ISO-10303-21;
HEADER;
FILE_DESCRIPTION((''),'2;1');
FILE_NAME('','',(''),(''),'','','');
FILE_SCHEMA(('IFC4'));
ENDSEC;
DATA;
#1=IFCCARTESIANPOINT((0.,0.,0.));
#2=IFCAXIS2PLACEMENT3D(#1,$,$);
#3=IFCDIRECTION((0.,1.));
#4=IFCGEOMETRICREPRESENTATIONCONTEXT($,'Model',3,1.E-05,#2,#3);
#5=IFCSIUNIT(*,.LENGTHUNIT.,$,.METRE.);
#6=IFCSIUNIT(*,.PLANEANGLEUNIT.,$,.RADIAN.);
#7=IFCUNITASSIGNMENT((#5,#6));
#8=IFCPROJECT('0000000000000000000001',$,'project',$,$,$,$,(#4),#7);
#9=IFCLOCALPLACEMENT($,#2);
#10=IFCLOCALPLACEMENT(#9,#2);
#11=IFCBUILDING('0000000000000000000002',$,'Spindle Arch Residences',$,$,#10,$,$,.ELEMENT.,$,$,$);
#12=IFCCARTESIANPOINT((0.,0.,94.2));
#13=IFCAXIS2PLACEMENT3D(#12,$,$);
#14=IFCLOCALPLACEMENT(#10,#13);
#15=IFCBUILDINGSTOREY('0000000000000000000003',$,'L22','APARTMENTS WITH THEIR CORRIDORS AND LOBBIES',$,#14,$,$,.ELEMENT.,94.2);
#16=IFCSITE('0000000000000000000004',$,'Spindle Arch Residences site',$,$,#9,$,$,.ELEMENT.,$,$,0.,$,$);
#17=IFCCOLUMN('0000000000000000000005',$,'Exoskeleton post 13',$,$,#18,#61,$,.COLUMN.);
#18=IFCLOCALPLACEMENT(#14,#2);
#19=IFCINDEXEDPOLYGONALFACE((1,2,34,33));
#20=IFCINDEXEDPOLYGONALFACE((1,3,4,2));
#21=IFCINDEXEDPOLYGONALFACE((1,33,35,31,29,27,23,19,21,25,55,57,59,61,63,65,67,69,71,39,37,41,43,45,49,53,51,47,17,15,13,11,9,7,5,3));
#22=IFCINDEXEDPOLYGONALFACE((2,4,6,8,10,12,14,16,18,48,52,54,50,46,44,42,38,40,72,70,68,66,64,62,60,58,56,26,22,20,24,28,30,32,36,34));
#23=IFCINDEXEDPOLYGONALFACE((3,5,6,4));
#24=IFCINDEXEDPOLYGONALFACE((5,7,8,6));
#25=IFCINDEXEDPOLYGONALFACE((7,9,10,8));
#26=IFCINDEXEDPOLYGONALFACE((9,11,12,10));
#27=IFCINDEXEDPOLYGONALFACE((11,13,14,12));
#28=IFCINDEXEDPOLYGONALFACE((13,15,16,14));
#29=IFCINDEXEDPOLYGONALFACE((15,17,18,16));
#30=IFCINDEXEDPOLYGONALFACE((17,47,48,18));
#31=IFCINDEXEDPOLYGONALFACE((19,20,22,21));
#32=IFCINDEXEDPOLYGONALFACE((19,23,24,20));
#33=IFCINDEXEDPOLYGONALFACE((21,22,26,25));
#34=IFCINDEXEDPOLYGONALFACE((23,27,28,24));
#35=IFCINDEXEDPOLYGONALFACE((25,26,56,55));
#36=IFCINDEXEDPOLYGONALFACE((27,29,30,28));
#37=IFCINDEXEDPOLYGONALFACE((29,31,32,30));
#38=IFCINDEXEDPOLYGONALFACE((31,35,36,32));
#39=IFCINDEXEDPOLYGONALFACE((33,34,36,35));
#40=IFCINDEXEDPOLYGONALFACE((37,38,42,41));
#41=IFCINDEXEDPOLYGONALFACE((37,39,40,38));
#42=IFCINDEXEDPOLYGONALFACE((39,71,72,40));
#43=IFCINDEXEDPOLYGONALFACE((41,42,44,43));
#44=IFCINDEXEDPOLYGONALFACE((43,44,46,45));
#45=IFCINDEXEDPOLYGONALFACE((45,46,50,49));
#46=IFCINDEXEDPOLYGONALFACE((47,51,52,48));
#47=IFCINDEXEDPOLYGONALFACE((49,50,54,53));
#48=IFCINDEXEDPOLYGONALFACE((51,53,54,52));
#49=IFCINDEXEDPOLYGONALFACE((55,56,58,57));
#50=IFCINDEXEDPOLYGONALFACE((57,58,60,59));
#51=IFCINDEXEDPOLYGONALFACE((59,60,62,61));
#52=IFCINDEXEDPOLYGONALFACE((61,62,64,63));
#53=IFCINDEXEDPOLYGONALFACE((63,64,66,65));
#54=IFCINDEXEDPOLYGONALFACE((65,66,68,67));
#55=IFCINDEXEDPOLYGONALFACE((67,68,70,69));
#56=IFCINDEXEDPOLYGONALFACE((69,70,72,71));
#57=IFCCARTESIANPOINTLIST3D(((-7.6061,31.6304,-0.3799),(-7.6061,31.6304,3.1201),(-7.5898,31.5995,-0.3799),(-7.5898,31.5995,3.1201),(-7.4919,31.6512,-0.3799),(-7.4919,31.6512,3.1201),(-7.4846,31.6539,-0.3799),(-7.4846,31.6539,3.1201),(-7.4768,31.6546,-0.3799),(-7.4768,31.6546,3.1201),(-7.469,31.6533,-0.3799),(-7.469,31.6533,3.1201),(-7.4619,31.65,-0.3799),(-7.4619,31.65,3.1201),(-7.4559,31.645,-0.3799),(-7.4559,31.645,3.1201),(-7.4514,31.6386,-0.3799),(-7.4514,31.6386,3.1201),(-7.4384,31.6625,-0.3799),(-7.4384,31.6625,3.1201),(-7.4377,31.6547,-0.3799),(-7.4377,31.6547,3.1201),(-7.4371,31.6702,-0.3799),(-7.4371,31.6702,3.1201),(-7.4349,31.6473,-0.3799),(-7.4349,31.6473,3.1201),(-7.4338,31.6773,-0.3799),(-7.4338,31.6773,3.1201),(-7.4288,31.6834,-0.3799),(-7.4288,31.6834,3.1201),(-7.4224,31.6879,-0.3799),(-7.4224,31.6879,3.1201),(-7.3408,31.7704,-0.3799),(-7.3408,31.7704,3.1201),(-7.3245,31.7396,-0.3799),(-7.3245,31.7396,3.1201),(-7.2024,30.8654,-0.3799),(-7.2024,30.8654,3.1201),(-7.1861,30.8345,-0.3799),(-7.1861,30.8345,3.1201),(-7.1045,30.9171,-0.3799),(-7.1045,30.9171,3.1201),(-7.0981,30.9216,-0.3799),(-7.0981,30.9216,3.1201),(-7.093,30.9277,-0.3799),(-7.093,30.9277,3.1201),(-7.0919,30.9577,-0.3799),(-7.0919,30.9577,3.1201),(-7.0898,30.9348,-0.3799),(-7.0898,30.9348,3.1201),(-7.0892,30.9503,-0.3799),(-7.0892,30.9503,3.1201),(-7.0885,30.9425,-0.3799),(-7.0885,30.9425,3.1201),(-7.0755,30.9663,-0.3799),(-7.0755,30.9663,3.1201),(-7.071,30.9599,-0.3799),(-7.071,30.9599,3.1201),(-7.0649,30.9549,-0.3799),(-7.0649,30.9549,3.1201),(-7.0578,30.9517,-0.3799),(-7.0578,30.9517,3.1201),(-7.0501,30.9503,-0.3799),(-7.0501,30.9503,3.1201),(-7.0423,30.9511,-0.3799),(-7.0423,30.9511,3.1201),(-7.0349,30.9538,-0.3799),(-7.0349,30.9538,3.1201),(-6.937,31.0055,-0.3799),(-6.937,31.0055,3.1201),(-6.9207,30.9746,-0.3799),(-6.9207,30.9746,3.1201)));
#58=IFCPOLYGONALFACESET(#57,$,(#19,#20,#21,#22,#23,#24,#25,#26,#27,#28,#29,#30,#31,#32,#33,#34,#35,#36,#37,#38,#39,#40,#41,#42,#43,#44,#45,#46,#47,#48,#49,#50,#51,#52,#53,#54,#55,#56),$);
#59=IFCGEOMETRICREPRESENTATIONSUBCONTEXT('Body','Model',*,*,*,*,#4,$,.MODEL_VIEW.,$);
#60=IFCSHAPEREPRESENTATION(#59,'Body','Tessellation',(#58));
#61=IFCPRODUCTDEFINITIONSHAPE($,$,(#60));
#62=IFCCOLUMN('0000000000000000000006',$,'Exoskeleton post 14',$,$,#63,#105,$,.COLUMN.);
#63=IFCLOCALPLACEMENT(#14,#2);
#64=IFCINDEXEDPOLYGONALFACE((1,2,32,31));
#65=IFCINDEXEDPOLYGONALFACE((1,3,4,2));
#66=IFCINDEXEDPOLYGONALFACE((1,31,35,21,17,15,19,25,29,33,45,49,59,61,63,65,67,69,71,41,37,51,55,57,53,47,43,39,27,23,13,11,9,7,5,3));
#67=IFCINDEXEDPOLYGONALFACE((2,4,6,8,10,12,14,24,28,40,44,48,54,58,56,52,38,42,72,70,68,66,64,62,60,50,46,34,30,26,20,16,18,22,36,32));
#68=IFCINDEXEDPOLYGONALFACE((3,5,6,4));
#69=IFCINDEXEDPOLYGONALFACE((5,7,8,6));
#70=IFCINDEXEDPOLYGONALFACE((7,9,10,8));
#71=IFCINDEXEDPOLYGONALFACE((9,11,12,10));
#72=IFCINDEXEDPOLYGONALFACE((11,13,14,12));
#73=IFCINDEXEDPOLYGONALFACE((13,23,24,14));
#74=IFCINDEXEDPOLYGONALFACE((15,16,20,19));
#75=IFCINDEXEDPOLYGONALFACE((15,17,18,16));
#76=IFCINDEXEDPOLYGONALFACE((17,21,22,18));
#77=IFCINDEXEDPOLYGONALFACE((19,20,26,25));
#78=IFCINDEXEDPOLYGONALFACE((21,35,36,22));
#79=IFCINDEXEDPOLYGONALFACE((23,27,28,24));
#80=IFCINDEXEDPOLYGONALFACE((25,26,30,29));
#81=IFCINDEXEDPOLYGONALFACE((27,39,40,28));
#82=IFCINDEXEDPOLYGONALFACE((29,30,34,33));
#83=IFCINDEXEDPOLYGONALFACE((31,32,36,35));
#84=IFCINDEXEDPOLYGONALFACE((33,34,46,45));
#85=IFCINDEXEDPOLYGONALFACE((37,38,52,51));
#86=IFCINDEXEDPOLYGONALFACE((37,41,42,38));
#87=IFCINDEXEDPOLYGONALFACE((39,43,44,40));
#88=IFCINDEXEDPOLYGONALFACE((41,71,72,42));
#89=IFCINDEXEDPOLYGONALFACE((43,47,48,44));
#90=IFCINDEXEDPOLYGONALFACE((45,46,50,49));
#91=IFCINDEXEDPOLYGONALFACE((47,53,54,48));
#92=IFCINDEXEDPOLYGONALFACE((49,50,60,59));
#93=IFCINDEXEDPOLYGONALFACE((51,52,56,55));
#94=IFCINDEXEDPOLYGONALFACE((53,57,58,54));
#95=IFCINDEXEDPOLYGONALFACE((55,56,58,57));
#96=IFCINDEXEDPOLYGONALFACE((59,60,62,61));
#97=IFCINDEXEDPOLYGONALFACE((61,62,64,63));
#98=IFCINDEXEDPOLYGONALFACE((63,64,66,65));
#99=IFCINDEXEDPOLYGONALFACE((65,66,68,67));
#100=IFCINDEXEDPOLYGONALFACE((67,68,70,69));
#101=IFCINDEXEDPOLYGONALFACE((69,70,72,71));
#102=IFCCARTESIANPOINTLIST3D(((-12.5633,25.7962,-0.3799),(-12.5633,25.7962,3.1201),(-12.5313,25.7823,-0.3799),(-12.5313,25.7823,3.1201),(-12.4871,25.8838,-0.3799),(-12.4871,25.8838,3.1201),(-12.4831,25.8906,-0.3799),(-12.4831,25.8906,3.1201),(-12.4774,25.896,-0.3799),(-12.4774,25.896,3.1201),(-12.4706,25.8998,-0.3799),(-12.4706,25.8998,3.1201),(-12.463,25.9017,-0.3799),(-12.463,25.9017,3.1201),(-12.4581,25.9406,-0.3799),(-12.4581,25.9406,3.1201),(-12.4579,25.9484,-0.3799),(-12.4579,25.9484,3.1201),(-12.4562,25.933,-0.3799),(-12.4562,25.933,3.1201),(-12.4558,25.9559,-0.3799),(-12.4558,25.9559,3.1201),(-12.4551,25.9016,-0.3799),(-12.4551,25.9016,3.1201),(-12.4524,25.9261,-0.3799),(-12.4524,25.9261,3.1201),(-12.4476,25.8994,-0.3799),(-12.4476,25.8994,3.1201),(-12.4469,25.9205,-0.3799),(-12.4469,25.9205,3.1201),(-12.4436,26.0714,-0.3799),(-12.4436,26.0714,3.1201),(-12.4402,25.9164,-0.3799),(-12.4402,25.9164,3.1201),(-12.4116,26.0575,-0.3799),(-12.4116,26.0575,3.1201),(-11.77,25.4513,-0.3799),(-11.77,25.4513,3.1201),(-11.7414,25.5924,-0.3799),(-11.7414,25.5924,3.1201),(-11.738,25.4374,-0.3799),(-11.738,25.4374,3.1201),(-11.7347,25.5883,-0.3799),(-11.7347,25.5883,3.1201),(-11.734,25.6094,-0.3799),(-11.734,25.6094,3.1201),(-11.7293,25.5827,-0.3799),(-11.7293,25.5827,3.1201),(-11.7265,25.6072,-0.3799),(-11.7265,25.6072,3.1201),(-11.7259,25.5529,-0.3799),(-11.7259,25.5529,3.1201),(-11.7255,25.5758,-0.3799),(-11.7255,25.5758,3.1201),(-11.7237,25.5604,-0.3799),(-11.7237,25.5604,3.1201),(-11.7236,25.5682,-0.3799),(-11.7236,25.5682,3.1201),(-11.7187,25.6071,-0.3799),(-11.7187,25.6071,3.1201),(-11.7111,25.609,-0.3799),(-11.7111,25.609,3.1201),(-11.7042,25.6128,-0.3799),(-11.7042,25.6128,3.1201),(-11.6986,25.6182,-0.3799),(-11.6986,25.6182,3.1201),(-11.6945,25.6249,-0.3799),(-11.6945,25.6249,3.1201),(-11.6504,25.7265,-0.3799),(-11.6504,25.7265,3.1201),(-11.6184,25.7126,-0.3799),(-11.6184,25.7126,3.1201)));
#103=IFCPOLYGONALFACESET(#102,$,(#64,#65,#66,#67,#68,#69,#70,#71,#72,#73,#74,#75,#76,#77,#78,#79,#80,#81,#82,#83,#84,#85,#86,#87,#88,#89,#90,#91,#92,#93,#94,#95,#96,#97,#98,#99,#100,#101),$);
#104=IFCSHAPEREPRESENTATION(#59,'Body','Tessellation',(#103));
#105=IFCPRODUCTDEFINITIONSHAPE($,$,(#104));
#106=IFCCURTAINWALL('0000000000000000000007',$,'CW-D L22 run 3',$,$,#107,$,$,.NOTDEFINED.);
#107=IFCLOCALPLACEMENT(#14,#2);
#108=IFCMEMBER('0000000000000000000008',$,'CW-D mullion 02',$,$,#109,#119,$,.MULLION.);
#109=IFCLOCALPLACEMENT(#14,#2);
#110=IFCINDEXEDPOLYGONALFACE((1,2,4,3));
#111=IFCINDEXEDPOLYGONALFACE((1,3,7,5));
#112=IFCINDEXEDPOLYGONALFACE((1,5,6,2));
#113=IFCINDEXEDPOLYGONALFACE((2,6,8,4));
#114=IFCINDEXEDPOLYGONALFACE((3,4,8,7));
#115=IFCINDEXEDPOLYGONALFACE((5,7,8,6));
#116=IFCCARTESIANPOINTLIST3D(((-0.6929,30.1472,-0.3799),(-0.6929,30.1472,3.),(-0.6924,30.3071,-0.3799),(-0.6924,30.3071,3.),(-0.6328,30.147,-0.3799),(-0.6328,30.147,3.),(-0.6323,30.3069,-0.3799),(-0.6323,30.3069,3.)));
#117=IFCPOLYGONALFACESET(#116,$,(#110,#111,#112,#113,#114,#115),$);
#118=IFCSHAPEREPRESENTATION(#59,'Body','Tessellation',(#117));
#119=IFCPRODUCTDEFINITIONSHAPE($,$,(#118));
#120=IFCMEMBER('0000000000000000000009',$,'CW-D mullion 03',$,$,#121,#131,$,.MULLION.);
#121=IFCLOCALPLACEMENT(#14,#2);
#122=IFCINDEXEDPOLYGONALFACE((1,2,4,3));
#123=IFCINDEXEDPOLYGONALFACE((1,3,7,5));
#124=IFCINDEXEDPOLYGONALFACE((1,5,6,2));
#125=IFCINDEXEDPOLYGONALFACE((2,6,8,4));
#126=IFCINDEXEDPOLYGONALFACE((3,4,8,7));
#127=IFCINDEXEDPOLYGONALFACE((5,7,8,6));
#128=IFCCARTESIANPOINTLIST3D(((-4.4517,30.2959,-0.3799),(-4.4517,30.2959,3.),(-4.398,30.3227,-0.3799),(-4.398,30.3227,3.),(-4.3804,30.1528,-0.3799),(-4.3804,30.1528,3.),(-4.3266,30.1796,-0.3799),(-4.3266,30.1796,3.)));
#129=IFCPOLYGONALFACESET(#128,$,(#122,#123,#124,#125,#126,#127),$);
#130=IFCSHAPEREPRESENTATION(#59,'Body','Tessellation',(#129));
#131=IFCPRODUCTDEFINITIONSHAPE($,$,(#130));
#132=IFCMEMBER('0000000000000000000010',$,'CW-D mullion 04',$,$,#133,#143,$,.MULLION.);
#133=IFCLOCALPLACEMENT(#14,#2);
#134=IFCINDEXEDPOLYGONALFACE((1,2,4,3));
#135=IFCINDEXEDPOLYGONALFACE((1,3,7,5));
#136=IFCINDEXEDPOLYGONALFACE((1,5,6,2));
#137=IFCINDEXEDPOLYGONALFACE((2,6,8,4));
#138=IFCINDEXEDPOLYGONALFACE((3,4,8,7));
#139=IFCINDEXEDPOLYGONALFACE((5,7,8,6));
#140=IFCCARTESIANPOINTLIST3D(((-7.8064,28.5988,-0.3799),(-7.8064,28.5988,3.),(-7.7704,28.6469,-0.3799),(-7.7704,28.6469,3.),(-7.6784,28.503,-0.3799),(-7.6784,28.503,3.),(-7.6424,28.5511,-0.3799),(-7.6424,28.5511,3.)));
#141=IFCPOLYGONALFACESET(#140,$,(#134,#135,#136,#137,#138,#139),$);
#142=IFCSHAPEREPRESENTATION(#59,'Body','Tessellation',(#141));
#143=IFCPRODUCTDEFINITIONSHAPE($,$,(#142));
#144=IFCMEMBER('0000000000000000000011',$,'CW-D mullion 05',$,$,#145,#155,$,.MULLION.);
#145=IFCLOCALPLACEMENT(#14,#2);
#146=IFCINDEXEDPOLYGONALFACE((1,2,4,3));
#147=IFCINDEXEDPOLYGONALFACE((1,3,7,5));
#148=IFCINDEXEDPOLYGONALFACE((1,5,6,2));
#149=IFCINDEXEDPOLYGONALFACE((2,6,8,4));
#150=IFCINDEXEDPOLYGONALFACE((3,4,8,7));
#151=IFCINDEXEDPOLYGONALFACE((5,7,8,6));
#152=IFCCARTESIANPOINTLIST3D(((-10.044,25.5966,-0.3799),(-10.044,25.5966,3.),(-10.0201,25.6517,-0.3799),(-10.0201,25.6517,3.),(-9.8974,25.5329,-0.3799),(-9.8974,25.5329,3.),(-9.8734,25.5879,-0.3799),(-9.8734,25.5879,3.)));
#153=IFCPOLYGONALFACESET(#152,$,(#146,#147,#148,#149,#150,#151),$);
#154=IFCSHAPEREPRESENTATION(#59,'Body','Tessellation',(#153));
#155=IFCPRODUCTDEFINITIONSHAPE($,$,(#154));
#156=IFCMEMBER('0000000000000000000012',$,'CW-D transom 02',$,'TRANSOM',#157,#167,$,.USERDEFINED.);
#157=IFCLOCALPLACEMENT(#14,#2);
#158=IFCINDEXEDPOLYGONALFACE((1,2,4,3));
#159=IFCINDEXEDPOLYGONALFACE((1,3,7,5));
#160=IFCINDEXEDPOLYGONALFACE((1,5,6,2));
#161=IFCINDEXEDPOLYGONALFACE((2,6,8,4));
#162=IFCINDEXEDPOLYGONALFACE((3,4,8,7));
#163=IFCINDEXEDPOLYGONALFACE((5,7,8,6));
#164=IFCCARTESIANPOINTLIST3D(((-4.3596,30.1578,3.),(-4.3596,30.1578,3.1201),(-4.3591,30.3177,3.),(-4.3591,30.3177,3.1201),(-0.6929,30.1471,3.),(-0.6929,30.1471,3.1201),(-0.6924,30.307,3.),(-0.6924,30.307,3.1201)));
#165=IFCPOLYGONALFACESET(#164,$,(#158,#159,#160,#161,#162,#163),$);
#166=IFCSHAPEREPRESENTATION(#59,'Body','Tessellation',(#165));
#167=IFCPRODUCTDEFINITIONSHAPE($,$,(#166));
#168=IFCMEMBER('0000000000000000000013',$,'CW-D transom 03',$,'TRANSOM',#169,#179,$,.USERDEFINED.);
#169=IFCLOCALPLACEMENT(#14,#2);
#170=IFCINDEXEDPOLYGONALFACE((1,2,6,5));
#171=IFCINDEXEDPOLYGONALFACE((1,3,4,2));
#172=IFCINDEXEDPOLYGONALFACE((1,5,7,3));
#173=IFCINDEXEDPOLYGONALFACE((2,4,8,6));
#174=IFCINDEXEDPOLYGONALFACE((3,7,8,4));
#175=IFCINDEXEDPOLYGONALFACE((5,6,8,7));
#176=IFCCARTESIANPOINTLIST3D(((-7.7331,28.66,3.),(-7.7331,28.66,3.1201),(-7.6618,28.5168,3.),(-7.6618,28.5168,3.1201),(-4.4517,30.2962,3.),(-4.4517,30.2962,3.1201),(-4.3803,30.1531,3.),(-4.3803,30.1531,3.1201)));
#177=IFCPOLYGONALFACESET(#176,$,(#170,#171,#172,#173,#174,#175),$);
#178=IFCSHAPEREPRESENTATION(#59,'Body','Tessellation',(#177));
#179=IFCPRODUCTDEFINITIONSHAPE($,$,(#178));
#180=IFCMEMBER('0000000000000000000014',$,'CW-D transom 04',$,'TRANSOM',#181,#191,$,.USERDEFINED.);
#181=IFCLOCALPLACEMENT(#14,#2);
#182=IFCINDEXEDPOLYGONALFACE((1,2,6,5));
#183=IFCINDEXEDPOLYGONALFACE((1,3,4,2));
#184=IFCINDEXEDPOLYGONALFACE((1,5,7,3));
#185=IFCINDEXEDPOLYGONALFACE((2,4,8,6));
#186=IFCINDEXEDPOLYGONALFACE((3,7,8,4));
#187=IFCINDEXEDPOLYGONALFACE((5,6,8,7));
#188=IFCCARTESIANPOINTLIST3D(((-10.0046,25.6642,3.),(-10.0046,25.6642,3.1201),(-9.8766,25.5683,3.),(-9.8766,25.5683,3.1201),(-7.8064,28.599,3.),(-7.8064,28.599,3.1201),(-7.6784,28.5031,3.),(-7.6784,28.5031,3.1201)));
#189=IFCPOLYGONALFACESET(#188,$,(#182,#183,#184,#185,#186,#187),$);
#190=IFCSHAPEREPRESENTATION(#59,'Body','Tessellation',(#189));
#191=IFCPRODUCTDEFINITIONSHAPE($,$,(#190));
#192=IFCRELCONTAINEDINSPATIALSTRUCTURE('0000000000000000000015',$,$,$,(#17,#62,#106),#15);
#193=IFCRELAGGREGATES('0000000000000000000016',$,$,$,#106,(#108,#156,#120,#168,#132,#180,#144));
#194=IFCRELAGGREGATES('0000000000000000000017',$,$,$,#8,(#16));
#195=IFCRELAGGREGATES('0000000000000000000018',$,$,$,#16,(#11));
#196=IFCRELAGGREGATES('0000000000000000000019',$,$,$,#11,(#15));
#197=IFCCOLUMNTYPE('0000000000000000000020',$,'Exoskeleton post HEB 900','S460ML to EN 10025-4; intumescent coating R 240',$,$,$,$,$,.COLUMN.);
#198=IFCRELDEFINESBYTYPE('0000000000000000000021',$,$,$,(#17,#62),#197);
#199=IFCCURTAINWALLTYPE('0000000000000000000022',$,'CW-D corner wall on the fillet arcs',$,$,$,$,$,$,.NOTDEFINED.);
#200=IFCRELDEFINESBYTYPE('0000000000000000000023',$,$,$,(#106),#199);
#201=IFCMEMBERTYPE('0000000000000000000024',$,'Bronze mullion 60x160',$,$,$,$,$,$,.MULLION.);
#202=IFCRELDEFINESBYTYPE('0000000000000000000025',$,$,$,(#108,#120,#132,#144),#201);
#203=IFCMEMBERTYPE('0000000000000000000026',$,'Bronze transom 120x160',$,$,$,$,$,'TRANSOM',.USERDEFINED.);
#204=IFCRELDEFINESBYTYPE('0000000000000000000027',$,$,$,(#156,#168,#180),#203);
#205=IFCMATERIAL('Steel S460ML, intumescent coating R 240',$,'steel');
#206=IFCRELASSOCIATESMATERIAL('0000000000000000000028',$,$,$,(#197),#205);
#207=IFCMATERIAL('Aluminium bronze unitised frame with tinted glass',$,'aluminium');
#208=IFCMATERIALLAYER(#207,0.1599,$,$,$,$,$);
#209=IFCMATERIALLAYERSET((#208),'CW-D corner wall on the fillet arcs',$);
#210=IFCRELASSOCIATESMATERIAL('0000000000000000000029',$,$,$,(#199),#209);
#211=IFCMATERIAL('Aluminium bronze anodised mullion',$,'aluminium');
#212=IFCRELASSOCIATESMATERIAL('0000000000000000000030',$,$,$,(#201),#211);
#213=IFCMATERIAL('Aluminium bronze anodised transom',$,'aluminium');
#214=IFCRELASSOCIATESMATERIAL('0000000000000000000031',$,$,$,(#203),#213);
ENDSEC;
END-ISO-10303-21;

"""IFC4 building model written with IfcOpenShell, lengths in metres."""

from ifc_helpers import new_model, si_unit, direction, frame, origin, origin_2d, place, context, subcontext, project, spatial, rectangle, i_section, extrude, material, layer, layer_set, material_profile, profile_set, type_object, element, aggregate, save


model = new_model("IFC4")

# Units and contexts
model_context = context("Model", 3, precision=1e-05, world=origin(), true_north=direction((0.0, 1.0)))
body_context = subcontext(model_context, "Body", "Model", "MODEL_VIEW")
ifc_project = project(units=[si_unit("LENGTHUNIT", "METRE"), si_unit("PLANEANGLEUNIT", "RADIAN")], contexts=[model_context])

# Site, building, storey
site_placement = place(None, origin())
site = spatial("IfcSite", under=ifc_project, at=site_placement, Name="Spindle Arch Residences site", CompositionType="ELEMENT", RefElevation=0.0)
building_placement = place(site_placement, origin())
building = spatial("IfcBuilding", under=site, at=building_placement, Name="Spindle Arch Residences", CompositionType="ELEMENT")
storey_placement = place(building_placement, frame((0.0, 0.0, 94.2)))
storey = spatial("IfcBuildingStorey", under=building, at=storey_placement, Name="L22", Description="APARTMENTS WITH THEIR CORRIDORS AND LOBBIES", CompositionType="ELEMENT", Elevation=94.2)

# Columns
ifc_material_1 = material(Name="Steel S460ML, intumescent coating R 240", Category="steel")
ifc_material_profile_1 = material_profile(ifc_material_1, i_section(OverallWidth=0.3, OverallDepth=0.8999, WebThickness=0.0186, FlangeThickness=0.0349, FilletRadius=0.03, at=origin_2d()), Name="HEB 900")
ifc_profile_set_1 = profile_set([ifc_material_profile_1], Name="Steel S460ML, intumescent coating R 240")
column_type = type_object("IfcColumnType", Name="Exoskeleton post HEB 900", Description="S460ML to EN 10025-4; intumescent coating R 240", PredefinedType="COLUMN", material=ifc_profile_set_1)
for number, where, z_axis, x_axis, name in (
    (1, (-7.2634, 31.3025, -0.3799), (0.0, 0.0, 1.0), (0.884365, 0.466797, 0.0), "Exoskeleton post 13"),
    (2, (-12.0908, 25.7544, -0.3799), (0.0, 0.0, 1.0), (0.398749, 0.91706, 0.0), "Exoskeleton post 14"),
):
    element("IfcColumn", number, at=place(storey_placement, frame(where, z_axis=z_axis, x_axis=x_axis)), inside=storey, type_object=column_type, Name=name, PredefinedType="COLUMN", context=body_context, shape_type="SweptSolid", body=[
        extrude(i_section(OverallWidth=0.3, OverallDepth=0.8999, WebThickness=0.0186, FlangeThickness=0.0349, FilletRadius=0.03, at=origin_2d()), origin(), (0.0, 0.0, 1.0), 3.5),
    ])

# Curtain wall, members
ifc_material_2 = material(Name="Aluminium bronze unitised frame with tinted glass", Category="aluminium")
ifc_layer_1 = layer(ifc_material_2, 0.1599)
ifc_layer_set_1 = layer_set([ifc_layer_1], Name="CW-D corner wall on the fillet arcs")
curtain_wall_type = type_object("IfcCurtainWallType", Name="CW-D corner wall on the fillet arcs", PredefinedType="NOTDEFINED", material=ifc_layer_set_1)
curtain_wall_placement = place(storey_placement, origin())
curtain_wall = element("IfcCurtainWall", 3, at=curtain_wall_placement, inside=storey, type_object=curtain_wall_type, Name="CW-D L22 run 3", PredefinedType="NOTDEFINED")
ifc_material_3 = material(Name="Aluminium bronze anodised mullion", Category="aluminium")
ifc_material_profile_2 = material_profile(ifc_material_3, rectangle(XDim=0.1599, YDim=0.0601, at=origin_2d()), Name="MU 60x160")
ifc_profile_set_2 = profile_set([ifc_material_profile_2], Name="Aluminium bronze anodised mullion")
member_type_1 = type_object("IfcMemberType", Name="Bronze mullion 60x160", PredefinedType="MULLION", material=ifc_profile_set_2)
member_1_placement = place(storey_placement, frame((-0.6626, 30.2271, -0.3799), z_axis=(0.0, 0.0, 1.0), x_axis=(-0.002909, -0.999996, 0.0)))
member_1 = element("IfcMember", 4, at=member_1_placement, type_object=member_type_1, Name="CW-D mullion 02", PredefinedType="MULLION", context=body_context, shape_type="SweptSolid", body=[
    extrude(rectangle(XDim=0.1599, YDim=0.0601, at=origin_2d()), origin(), (0.0, 0.0, 1.0), 3.3799),
])
member_2_placement = place(storey_placement, frame((-4.3892, 30.2378, -0.3799), z_axis=(0.0, 0.0, 1.0), x_axis=(0.446198, -0.894934, 0.0)))
member_2 = element("IfcMember", 5, at=member_2_placement, type_object=member_type_1, Name="CW-D mullion 03", PredefinedType="MULLION", context=body_context, shape_type="SweptSolid", body=[
    extrude(rectangle(XDim=0.1599, YDim=0.0601, at=origin_2d()), origin(), (0.0, 0.0, 1.0), 3.3799),
])
member_3_placement = place(storey_placement, frame((-7.7244, 28.575, -0.3799), z_axis=(0.0, 0.0, 1.0), x_axis=(0.800383, -0.599489, 0.0)))
member_3 = element("IfcMember", 6, at=member_3_placement, type_object=member_type_1, Name="CW-D mullion 04", PredefinedType="MULLION", context=body_context, shape_type="SweptSolid", body=[
    extrude(rectangle(XDim=0.1599, YDim=0.0601, at=origin_2d()), origin(), (0.0, 0.0, 1.0), 3.3799),
])
member_4_placement = place(storey_placement, frame((-9.9587, 25.5923, -0.3799), z_axis=(0.0, 0.0, 1.0), x_axis=(0.91706, -0.398749, 0.0)))
member_4 = element("IfcMember", 7, at=member_4_placement, type_object=member_type_1, Name="CW-D mullion 05", PredefinedType="MULLION", context=body_context, shape_type="SweptSolid", body=[
    extrude(rectangle(XDim=0.1599, YDim=0.0601, at=origin_2d()), origin(), (0.0, 0.0, 1.0), 3.3799),
])
ifc_material_4 = material(Name="Aluminium bronze anodised transom", Category="aluminium")
ifc_material_profile_3 = material_profile(ifc_material_4, rectangle(XDim=0.1599, YDim=0.1201, at=origin_2d()), Name="TR 120x160")
ifc_profile_set_3 = profile_set([ifc_material_profile_3], Name="Aluminium bronze anodised transom")
member_type_2 = type_object("IfcMemberType", Name="Bronze transom 120x160", ElementType="TRANSOM", PredefinedType="USERDEFINED", material=ifc_profile_set_3)
member_5_placement = place(storey_placement, frame((-0.6926, 30.2271, 3.0601), z_axis=(-0.999996, 0.00293, 0.0), x_axis=(-0.00293, -0.999996, 0.0)))
member_5 = element("IfcMember", 8, at=member_5_placement, type_object=member_type_2, Name="CW-D transom 02", ObjectType="TRANSOM", PredefinedType="USERDEFINED", context=body_context, shape_type="SweptSolid", body=[
    extrude(rectangle(XDim=0.1599, YDim=0.1201, at=origin_2d()), origin(), (0.0, 0.0, 1.0), 3.6667),
])
member_6_placement = place(storey_placement, frame((-4.416, 30.2246, 3.0601), z_axis=(-0.894919, -0.446228, 0.0), x_axis=(0.446228, -0.894919, 0.0)))
member_6 = element("IfcMember", 9, at=member_6_placement, type_object=member_type_2, Name="CW-D transom 03", ObjectType="TRANSOM", PredefinedType="USERDEFINED", context=body_context, shape_type="SweptSolid", body=[
    extrude(rectangle(XDim=0.1599, YDim=0.1201, at=origin_2d()), origin(), (0.0, 0.0, 1.0), 3.6667),
])
member_7_placement = place(storey_placement, frame((-7.7424, 28.551, 3.0601), z_axis=(-0.599499, -0.800375, 0.0), x_axis=(0.800375, -0.599499, 0.0)))
member_7 = element("IfcMember", 10, at=member_7_placement, type_object=member_type_2, Name="CW-D transom 04", ObjectType="TRANSOM", PredefinedType="USERDEFINED", context=body_context, shape_type="SweptSolid", body=[
    extrude(rectangle(XDim=0.1599, YDim=0.1201, at=origin_2d()), origin(), (0.0, 0.0, 1.0), 3.6667),
])

aggregate(curtain_wall, [member_1, member_5, member_2, member_6, member_3, member_7, member_4])

save(model, "model.ifc")
